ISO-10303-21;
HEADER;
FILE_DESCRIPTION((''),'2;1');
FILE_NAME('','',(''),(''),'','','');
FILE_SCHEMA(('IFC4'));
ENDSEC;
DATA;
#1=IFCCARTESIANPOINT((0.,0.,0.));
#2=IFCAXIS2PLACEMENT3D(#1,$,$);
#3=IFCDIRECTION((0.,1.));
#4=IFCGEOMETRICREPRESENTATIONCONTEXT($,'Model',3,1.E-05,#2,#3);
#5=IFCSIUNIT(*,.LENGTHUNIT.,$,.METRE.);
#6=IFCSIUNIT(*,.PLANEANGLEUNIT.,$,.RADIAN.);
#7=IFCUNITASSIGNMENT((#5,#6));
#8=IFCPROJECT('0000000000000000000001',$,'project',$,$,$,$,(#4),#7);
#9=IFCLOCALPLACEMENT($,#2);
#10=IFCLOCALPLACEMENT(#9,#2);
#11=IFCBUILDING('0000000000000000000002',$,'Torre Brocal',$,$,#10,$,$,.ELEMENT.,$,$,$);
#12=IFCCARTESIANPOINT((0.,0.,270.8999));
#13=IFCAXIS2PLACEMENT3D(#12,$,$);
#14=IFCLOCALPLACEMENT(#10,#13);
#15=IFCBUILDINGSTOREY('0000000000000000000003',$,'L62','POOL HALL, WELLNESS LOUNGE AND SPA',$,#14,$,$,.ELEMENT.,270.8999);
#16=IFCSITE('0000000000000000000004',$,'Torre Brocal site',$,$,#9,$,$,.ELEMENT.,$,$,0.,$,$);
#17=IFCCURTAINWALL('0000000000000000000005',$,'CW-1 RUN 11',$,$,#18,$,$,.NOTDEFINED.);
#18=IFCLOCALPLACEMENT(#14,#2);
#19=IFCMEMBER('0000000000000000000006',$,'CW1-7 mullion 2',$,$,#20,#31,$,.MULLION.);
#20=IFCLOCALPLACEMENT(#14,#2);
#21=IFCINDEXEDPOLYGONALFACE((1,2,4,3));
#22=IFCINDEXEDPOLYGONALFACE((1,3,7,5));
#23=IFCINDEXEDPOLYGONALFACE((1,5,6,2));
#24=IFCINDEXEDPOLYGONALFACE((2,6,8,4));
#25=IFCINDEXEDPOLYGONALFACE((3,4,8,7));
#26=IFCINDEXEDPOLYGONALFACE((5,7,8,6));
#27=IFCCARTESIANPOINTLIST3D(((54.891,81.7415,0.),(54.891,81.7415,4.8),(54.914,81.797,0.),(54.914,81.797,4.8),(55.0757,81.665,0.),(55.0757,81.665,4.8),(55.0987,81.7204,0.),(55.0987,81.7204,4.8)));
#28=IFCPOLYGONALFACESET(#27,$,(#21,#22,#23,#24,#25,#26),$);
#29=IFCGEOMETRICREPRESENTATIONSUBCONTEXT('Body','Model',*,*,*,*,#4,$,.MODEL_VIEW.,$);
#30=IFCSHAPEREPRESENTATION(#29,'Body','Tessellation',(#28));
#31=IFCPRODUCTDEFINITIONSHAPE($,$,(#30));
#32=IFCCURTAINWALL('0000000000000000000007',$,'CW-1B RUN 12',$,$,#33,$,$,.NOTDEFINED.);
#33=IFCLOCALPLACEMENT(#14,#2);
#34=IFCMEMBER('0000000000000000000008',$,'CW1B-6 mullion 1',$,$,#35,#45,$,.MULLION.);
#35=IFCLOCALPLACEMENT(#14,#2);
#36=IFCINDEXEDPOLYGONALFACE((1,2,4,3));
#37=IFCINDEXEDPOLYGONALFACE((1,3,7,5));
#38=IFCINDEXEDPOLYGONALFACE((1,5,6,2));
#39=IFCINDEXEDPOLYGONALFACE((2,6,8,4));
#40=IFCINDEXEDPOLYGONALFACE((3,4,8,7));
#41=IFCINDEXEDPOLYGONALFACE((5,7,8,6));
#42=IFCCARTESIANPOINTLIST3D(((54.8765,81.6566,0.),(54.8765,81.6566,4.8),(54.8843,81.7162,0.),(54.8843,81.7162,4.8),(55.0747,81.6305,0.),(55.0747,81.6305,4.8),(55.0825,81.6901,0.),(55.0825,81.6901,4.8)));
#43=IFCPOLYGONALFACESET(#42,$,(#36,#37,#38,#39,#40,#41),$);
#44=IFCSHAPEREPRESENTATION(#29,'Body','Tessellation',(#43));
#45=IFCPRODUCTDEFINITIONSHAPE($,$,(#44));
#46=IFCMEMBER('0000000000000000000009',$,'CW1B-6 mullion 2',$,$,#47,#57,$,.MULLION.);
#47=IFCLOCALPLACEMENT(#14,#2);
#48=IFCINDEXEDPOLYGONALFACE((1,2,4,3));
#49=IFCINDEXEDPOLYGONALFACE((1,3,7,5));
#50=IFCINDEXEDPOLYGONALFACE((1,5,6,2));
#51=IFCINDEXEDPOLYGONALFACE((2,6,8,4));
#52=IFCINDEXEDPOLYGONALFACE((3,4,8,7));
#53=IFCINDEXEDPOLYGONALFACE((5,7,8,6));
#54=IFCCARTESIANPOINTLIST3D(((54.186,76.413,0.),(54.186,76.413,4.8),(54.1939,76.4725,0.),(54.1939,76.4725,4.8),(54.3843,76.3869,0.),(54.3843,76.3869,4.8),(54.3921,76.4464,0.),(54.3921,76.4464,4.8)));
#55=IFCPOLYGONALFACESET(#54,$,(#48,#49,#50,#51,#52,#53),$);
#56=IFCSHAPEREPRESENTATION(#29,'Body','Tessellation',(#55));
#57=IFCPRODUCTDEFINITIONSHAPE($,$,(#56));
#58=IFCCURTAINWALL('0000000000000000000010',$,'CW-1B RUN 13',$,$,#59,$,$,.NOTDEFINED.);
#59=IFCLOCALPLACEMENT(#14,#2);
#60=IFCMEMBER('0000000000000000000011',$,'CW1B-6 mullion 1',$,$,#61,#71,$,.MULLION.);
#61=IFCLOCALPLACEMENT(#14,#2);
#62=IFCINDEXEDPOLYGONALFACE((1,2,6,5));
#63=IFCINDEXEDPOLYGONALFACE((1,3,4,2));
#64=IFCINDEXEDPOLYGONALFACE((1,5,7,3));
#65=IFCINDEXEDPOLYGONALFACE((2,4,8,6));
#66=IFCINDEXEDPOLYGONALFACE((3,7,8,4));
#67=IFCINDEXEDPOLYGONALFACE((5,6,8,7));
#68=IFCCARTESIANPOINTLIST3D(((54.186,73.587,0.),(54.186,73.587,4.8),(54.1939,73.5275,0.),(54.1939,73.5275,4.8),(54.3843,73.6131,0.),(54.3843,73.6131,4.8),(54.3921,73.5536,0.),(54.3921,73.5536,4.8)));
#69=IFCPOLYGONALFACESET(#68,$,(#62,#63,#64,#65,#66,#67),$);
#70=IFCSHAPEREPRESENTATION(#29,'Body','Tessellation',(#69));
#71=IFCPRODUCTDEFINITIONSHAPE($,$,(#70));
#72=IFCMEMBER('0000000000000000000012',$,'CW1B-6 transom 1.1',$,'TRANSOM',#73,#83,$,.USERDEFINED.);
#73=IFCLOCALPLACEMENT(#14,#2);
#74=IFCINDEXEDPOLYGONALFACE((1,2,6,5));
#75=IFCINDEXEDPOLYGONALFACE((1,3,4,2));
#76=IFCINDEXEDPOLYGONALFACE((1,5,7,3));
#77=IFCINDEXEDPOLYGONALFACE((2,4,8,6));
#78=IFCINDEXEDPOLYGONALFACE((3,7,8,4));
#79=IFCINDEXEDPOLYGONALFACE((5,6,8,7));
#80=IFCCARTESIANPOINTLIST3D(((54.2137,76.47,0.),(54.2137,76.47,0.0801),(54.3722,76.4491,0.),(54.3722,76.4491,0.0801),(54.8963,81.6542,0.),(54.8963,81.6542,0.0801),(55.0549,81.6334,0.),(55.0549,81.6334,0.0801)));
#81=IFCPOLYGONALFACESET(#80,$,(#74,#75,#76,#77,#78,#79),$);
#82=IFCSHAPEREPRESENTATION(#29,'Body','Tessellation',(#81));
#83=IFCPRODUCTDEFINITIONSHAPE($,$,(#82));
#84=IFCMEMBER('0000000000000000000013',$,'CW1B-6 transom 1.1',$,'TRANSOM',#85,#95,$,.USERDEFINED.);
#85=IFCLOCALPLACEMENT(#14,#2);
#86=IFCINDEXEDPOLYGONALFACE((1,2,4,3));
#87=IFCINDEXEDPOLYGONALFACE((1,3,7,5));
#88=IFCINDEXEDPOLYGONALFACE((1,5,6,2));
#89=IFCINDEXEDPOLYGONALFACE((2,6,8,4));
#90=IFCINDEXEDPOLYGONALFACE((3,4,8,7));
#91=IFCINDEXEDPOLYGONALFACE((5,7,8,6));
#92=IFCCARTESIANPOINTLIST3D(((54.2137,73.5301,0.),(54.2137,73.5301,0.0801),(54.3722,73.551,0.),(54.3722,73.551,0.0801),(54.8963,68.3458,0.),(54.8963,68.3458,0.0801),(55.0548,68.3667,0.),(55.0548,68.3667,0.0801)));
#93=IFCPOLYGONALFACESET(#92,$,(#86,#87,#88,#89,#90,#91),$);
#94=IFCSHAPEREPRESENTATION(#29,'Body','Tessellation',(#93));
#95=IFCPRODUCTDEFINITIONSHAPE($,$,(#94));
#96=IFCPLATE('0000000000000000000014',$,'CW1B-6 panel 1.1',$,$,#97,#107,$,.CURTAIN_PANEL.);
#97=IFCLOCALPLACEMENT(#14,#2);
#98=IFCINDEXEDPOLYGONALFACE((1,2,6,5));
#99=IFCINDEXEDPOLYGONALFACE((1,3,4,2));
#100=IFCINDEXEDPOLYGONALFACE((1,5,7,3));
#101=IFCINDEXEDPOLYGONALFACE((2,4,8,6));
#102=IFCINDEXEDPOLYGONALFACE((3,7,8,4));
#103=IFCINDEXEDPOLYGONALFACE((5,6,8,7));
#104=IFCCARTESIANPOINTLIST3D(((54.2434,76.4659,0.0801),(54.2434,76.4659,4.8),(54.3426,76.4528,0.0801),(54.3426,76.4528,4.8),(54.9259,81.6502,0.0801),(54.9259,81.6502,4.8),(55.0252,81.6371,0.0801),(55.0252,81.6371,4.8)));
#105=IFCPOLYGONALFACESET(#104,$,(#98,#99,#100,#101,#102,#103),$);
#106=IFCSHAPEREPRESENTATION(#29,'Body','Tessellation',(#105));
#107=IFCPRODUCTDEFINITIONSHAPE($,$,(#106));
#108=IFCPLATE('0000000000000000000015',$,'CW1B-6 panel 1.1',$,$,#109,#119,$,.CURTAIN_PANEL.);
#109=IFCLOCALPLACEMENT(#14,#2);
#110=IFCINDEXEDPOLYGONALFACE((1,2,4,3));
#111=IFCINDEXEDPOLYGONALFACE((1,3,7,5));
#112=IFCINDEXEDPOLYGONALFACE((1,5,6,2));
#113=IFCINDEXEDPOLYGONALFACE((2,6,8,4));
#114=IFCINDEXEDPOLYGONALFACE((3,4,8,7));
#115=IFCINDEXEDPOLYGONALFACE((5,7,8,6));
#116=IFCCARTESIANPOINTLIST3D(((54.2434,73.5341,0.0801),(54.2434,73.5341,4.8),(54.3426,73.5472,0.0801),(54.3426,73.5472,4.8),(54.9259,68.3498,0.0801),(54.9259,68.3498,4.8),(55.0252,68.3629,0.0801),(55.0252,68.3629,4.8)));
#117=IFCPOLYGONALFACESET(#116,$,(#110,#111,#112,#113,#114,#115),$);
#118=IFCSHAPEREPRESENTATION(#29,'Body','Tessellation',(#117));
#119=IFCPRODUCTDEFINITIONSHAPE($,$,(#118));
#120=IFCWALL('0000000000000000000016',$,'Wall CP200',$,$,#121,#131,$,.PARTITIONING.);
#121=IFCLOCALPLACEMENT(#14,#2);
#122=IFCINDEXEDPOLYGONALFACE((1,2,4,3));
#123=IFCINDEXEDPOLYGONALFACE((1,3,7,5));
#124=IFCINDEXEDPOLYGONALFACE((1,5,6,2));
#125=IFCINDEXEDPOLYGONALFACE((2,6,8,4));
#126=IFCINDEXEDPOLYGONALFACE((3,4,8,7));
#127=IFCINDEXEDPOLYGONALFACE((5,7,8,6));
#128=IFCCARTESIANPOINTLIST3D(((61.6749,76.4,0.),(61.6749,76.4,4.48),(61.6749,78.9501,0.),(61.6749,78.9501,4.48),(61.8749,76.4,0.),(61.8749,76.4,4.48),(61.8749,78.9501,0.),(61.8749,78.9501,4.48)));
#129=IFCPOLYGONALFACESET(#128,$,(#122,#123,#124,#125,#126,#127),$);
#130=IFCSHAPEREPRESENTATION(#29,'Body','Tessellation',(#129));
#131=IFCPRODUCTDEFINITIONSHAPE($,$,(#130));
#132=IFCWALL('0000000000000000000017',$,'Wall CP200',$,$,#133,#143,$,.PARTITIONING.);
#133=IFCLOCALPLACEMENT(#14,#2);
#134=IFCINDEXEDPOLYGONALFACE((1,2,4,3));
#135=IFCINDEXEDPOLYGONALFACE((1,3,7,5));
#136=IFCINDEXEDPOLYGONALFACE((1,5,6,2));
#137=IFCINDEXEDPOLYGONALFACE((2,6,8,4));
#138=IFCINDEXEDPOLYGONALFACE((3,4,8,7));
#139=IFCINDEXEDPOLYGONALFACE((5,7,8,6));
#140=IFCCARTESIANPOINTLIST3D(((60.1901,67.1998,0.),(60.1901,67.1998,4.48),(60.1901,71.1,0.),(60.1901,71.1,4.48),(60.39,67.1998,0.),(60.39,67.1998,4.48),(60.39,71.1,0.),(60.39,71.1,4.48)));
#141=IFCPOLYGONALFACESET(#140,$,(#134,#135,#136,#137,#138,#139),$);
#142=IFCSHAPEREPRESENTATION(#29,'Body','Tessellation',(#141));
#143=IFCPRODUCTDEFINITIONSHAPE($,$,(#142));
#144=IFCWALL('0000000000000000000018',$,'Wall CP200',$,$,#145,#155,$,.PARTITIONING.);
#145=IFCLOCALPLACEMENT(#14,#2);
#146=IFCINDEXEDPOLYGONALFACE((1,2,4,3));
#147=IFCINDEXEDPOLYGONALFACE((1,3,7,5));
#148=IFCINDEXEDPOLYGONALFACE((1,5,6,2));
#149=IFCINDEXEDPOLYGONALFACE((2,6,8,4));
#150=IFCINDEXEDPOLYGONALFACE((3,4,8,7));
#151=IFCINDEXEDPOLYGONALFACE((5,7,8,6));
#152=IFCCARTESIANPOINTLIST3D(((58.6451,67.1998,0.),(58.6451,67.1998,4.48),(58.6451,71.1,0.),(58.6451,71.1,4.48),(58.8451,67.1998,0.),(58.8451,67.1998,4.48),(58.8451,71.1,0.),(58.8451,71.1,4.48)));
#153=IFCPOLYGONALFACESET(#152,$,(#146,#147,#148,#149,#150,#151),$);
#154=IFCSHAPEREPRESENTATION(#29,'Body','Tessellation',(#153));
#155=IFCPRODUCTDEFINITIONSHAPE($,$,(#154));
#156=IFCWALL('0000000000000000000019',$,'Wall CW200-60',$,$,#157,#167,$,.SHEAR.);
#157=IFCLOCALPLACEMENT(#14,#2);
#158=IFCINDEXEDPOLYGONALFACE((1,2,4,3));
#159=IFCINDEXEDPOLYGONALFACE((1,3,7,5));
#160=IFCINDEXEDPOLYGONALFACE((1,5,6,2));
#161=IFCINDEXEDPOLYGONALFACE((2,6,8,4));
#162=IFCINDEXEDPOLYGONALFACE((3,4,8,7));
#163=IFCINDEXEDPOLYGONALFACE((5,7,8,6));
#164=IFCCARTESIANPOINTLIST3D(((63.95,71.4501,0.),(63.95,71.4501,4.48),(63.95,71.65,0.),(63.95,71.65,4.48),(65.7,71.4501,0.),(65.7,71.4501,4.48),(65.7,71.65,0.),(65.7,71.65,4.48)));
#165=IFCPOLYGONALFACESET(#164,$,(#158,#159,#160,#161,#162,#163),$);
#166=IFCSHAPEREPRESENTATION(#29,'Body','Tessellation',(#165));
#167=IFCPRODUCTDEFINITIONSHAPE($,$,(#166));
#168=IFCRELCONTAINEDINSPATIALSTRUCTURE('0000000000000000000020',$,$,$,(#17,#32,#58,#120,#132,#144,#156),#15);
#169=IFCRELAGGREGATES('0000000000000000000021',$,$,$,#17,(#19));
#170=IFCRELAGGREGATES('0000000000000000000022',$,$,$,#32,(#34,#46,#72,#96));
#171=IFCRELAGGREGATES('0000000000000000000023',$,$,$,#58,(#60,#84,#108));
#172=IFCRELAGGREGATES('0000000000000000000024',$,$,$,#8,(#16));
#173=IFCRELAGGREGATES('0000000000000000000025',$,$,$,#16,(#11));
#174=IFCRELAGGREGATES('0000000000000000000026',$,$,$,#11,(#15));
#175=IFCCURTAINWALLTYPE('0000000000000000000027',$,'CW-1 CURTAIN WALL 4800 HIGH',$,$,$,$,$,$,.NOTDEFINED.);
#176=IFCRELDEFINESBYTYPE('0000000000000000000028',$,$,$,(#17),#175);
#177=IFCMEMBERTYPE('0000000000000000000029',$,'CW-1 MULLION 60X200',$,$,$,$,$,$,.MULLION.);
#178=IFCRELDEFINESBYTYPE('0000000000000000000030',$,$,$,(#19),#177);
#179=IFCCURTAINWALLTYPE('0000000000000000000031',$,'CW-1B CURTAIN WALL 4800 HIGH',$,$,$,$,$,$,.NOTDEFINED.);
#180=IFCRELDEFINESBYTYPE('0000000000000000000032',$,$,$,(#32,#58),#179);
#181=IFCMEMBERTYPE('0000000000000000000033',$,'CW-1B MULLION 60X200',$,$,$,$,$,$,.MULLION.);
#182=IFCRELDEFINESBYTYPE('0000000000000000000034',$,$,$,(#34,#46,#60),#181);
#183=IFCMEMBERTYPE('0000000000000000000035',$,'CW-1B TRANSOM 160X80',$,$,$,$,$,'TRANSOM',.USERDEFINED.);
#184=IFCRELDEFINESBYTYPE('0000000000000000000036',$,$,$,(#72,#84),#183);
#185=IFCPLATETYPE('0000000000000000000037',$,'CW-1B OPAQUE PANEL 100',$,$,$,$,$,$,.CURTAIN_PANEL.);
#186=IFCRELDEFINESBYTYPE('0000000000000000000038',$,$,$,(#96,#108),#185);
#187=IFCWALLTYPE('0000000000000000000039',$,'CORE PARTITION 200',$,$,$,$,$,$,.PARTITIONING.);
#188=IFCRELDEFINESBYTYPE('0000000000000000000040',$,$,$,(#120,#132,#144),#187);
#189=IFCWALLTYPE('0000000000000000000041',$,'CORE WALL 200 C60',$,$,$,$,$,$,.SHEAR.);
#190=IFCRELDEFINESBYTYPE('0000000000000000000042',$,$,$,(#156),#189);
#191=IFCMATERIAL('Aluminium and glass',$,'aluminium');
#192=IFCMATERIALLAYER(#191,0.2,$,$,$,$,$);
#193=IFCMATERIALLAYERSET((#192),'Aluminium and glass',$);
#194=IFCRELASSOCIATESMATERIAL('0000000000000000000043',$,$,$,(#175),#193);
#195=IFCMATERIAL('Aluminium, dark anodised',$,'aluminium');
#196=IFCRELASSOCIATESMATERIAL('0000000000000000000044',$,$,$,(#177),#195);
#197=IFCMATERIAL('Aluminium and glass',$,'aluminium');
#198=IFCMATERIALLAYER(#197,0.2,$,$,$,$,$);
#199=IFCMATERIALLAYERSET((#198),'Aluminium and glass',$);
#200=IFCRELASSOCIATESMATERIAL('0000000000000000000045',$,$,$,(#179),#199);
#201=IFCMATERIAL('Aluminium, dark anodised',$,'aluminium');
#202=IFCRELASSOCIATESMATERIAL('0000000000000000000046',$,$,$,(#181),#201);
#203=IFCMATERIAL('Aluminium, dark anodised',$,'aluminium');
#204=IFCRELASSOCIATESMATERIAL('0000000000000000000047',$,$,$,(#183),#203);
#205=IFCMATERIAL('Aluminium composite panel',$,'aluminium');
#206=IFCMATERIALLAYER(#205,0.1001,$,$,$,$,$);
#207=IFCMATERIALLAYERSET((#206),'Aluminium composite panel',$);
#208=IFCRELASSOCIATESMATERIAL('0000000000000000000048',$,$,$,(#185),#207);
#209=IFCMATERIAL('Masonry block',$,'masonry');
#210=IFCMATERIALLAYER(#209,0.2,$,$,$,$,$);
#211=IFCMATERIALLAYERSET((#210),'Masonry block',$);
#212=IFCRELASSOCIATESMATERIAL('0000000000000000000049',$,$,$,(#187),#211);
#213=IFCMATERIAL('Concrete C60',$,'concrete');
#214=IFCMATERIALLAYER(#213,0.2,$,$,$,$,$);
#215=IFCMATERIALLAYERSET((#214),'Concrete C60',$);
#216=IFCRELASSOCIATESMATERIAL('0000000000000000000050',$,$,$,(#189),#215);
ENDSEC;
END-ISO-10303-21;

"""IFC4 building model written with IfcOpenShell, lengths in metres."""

from ifc_helpers import new_model, si_unit, direction, frame, frame_2d, origin, origin_2d, place, context, subcontext, project, spatial, rectangle, extrude, material, layer, layer_set, material_profile, profile_set, type_object, element, aggregate, save


model = new_model("IFC4")

# Units and contexts
model_context = context("Model", 3, precision=1e-05, world=origin(), true_north=direction((0.0, 1.0)))
body_context = subcontext(model_context, "Body", "Model", "MODEL_VIEW")
ifc_project = project(units=[si_unit("LENGTHUNIT", "METRE"), si_unit("PLANEANGLEUNIT", "RADIAN")], contexts=[model_context])

# Site, building, storey
site_placement = place(None, origin())
site = spatial("IfcSite", under=ifc_project, at=site_placement, Name="Torre Brocal site", CompositionType="ELEMENT", RefElevation=0.0)
building_placement = place(site_placement, origin())
building = spatial("IfcBuilding", under=site, at=building_placement, Name="Torre Brocal", CompositionType="ELEMENT")
storey_placement = place(building_placement, frame((0.0, 0.0, 270.8999)))
storey = spatial("IfcBuildingStorey", under=building, at=storey_placement, Name="L62", Description="POOL HALL, WELLNESS LOUNGE AND SPA", CompositionType="ELEMENT", Elevation=270.8999)

# Curtain wall, member
ifc_material_1 = material(Name="Aluminium and glass", Category="aluminium")
ifc_layer_1 = layer(ifc_material_1, 0.2)
ifc_layer_set_1 = layer_set([ifc_layer_1], Name="Aluminium and glass")
curtain_wall_type_1 = type_object("IfcCurtainWallType", Name="CW-1 CURTAIN WALL 4800 HIGH", PredefinedType="NOTDEFINED", material=ifc_layer_set_1)
curtain_wall_1_placement = place(storey_placement, origin())
curtain_wall_1 = element("IfcCurtainWall", 1, at=curtain_wall_1_placement, inside=storey, type_object=curtain_wall_type_1, Name="CW-1 RUN 11", PredefinedType="NOTDEFINED")
ifc_material_2 = material(Name="Aluminium, dark anodised", Category="aluminium")
ifc_material_profile_1 = material_profile(ifc_material_2, rectangle(XDim=0.2, YDim=0.0601, at=origin_2d()), Name="CW-1 MULLION 60X200")
ifc_profile_set_1 = profile_set([ifc_material_profile_1], Name="Aluminium, dark anodised")
member_type_1 = type_object("IfcMemberType", Name="CW-1 MULLION 60X200", PredefinedType="MULLION", material=ifc_profile_set_1)
member_1_placement = place(storey_placement, frame((54.9949, 81.731, 0.0), z_axis=(0.0, 0.0, 1.0), x_axis=(0.92388, -0.382683, 0.0)))
member_1 = element("IfcMember", 2, at=member_1_placement, type_object=member_type_1, Name="CW1-7 mullion 2", PredefinedType="MULLION", context=body_context, shape_type="SweptSolid", body=[
    extrude(rectangle(XDim=0.2, YDim=0.0601, at=origin_2d()), origin(), (0.0, 0.0, 1.0), 4.8),
])
aggregate(curtain_wall_1, [member_1])

# Curtain wall, members
ifc_material_3 = material(Name="Aluminium and glass", Category="aluminium")
ifc_layer_2 = layer(ifc_material_3, 0.2)
ifc_layer_set_2 = layer_set([ifc_layer_2], Name="Aluminium and glass")
curtain_wall_type_2 = type_object("IfcCurtainWallType", Name="CW-1B CURTAIN WALL 4800 HIGH", PredefinedType="NOTDEFINED", material=ifc_layer_set_2)
curtain_wall_2_placement = place(storey_placement, origin())
curtain_wall_2 = element("IfcCurtainWall", 3, at=curtain_wall_2_placement, inside=storey, type_object=curtain_wall_type_2, Name="CW-1B RUN 12", PredefinedType="NOTDEFINED")
ifc_material_4 = material(Name="Aluminium, dark anodised", Category="aluminium")
ifc_material_profile_2 = material_profile(ifc_material_4, rectangle(XDim=0.2, YDim=0.0601, at=origin_2d()), Name="CW-1B MULLION 60X200")
ifc_profile_set_2 = profile_set([ifc_material_profile_2], Name="Aluminium, dark anodised")
member_type_2 = type_object("IfcMemberType", Name="CW-1B MULLION 60X200", PredefinedType="MULLION", material=ifc_profile_set_2)
member_2_placement = place(storey_placement, frame((54.9795, 81.6733, 0.0), z_axis=(0.0, 0.0, 1.0), x_axis=(0.991445, -0.130526, 0.0)))
member_2 = element("IfcMember", 4, at=member_2_placement, type_object=member_type_2, Name="CW1B-6 mullion 1", PredefinedType="MULLION", context=body_context, shape_type="SweptSolid", body=[
    extrude(rectangle(XDim=0.2, YDim=0.0601, at=origin_2d()), origin(), (0.0, 0.0, 1.0), 4.8),
])
member_3_placement = place(storey_placement, frame((54.2891, 76.4297, 0.0), z_axis=(0.0, 0.0, 1.0), x_axis=(0.991445, -0.130526, 0.0)))
member_3 = element("IfcMember", 5, at=member_3_placement, type_object=member_type_2, Name="CW1B-6 mullion 2", PredefinedType="MULLION", context=body_context, shape_type="SweptSolid", body=[
    extrude(rectangle(XDim=0.2, YDim=0.0601, at=origin_2d()), origin(), (0.0, 0.0, 1.0), 4.8),
])

# Curtain wall, member
curtain_wall_3_placement = place(storey_placement, origin())
curtain_wall_3 = element("IfcCurtainWall", 6, at=curtain_wall_3_placement, inside=storey, type_object=curtain_wall_type_2, Name="CW-1B RUN 13", PredefinedType="NOTDEFINED")
member_4_placement = place(storey_placement, frame((54.2891, 73.5703, 0.0), z_axis=(0.0, 0.0, 1.0), x_axis=(0.991445, 0.130526, 0.0)))
member_4 = element("IfcMember", 7, at=member_4_placement, type_object=member_type_2, Name="CW1B-6 mullion 1", PredefinedType="MULLION", context=body_context, shape_type="SweptSolid", body=[
    extrude(rectangle(XDim=0.2, YDim=0.0601, at=origin_2d()), origin(), (0.0, 0.0, 1.0), 4.8),
])

# Members
ifc_material_5 = material(Name="Aluminium, dark anodised", Category="aluminium")
ifc_material_profile_3 = material_profile(ifc_material_5, rectangle(XDim=0.1599, YDim=0.0801, at=origin_2d()), Name="CW-1B TRANSOM 160X80")
ifc_profile_set_3 = profile_set([ifc_material_profile_3], Name="Aluminium, dark anodised")
member_type_3 = type_object("IfcMemberType", Name="CW-1B TRANSOM 160X80", ElementType="TRANSOM", PredefinedType="USERDEFINED", material=ifc_profile_set_3)
member_5_placement = place(storey_placement, frame((54.9756, 81.6438, 0.04), z_axis=(-0.130543, -0.991443, 0.0), x_axis=(0.991443, -0.130543, 0.0)))
member_5 = element("IfcMember", 8, at=member_5_placement, type_object=member_type_3, Name="CW1B-6 transom 1.1", ObjectType="TRANSOM", PredefinedType="USERDEFINED", context=body_context, shape_type="SweptSolid", body=[
    extrude(rectangle(XDim=0.1599, YDim=0.0801, at=origin_2d()), origin(), (0.0, 0.0, 1.0), 5.229),
])
member_6_placement = place(storey_placement, frame((54.293, 73.5405, 0.04), z_axis=(0.130543, -0.991443, 0.0), x_axis=(0.991443, 0.130543, 0.0)))
member_6 = element("IfcMember", 9, at=member_6_placement, type_object=member_type_3, Name="CW1B-6 transom 1.1", ObjectType="TRANSOM", PredefinedType="USERDEFINED", context=body_context, shape_type="SweptSolid", body=[
    extrude(rectangle(XDim=0.1599, YDim=0.0801, at=origin_2d()), origin(), (0.0, 0.0, 1.0), 5.229),
])

# Plates
ifc_material_6 = material(Name="Aluminium composite panel", Category="aluminium")
ifc_layer_3 = layer(ifc_material_6, 0.1001)
ifc_layer_set_3 = layer_set([ifc_layer_3], Name="Aluminium composite panel")
plate_type = type_object("IfcPlateType", Name="CW-1B OPAQUE PANEL 100", PredefinedType="CURTAIN_PANEL", material=ifc_layer_set_3)
plate_1_placement = place(storey_placement, frame((54.6343, 79.0515, 0.0801), z_axis=(0.0, 0.0, 1.0), x_axis=(-0.130526, -0.991445, 0.0)))
plate_1 = element("IfcPlate", 10, at=plate_1_placement, type_object=plate_type, Name="CW1B-6 panel 1.1", PredefinedType="CURTAIN_PANEL", context=body_context, shape_type="SweptSolid", body=[
    extrude(rectangle(XDim=5.229, YDim=0.1001, at=origin_2d()), origin(), (0.0, 0.0, 1.0), 4.72),
])
aggregate(curtain_wall_2, [member_2, member_3, member_5, plate_1])
plate_2_placement = place(storey_placement, frame((54.6343, 70.9485, 0.0801), z_axis=(0.0, 0.0, 1.0), x_axis=(0.130526, -0.991445, 0.0)))
plate_2 = element("IfcPlate", 11, at=plate_2_placement, type_object=plate_type, Name="CW1B-6 panel 1.1", PredefinedType="CURTAIN_PANEL", context=body_context, shape_type="SweptSolid", body=[
    extrude(rectangle(XDim=5.229, YDim=0.1001, at=origin_2d()), origin(), (0.0, 0.0, 1.0), 4.72),
])
aggregate(curtain_wall_3, [member_4, member_6, plate_2])

# Walls
ifc_material_7 = material(Name="Masonry block", Category="masonry")
ifc_layer_4 = layer(ifc_material_7, 0.2)
ifc_layer_set_4 = layer_set([ifc_layer_4], Name="Masonry block")
wall_type_1 = type_object("IfcWallType", Name="CORE PARTITION 200", PredefinedType="PARTITIONING", material=ifc_layer_set_4)
wall_1_placement = place(storey_placement, frame((61.7749, 78.95, 0.0), z_axis=(0.0, 0.0, 1.0), x_axis=(0.0, -1.0, 0.0)))
element("IfcWall", 12, at=wall_1_placement, inside=storey, type_object=wall_type_1, Name="Wall CP200", PredefinedType="PARTITIONING", context=body_context, shape_type="SweptSolid", body=[
    extrude(rectangle(XDim=2.55, YDim=0.2, at=frame_2d((1.2749, 0.0))), origin(), (0.0, 0.0, 1.0), 4.48),
])
for number, where, z_axis, x_axis, name in (
    (13, (60.29, 71.1001, 0.0), (0.0, 0.0, 1.0), (0.0, -1.0, 0.0), "Wall CP200"),
    (14, (58.7451, 71.1001, 0.0), (0.0, 0.0, 1.0), (0.0, -1.0, 0.0), "Wall CP200"),
):
    element("IfcWall", number, at=place(storey_placement, frame(where, z_axis=z_axis, x_axis=x_axis)), inside=storey, type_object=wall_type_1, Name=name, PredefinedType="PARTITIONING", context=body_context, shape_type="SweptSolid", body=[
        extrude(rectangle(XDim=3.9001, YDim=0.2, at=frame_2d((1.9502, 0.0))), origin(), (0.0, 0.0, 1.0), 4.48),
    ])
ifc_material_8 = material(Name="Concrete C60", Category="concrete")
ifc_layer_5 = layer(ifc_material_8, 0.2)
ifc_layer_set_5 = layer_set([ifc_layer_5], Name="Concrete C60")
wall_type_2 = type_object("IfcWallType", Name="CORE WALL 200 C60", PredefinedType="SHEAR", material=ifc_layer_set_5)
wall_2_placement = place(storey_placement, frame((65.7, 71.55, 0.0), z_axis=(0.0, 0.0, 1.0), x_axis=(-1.0, 0.0, 0.0)))
element("IfcWall", 15, at=wall_2_placement, inside=storey, type_object=wall_type_2, Name="Wall CW200-60", PredefinedType="SHEAR", context=body_context, shape_type="SweptSolid", body=[
    extrude(rectangle(XDim=1.75, YDim=0.2, at=frame_2d((0.875, 0.0))), origin(), (0.0, 0.0, 1.0), 4.48),
])

save(model, "model.ifc")
